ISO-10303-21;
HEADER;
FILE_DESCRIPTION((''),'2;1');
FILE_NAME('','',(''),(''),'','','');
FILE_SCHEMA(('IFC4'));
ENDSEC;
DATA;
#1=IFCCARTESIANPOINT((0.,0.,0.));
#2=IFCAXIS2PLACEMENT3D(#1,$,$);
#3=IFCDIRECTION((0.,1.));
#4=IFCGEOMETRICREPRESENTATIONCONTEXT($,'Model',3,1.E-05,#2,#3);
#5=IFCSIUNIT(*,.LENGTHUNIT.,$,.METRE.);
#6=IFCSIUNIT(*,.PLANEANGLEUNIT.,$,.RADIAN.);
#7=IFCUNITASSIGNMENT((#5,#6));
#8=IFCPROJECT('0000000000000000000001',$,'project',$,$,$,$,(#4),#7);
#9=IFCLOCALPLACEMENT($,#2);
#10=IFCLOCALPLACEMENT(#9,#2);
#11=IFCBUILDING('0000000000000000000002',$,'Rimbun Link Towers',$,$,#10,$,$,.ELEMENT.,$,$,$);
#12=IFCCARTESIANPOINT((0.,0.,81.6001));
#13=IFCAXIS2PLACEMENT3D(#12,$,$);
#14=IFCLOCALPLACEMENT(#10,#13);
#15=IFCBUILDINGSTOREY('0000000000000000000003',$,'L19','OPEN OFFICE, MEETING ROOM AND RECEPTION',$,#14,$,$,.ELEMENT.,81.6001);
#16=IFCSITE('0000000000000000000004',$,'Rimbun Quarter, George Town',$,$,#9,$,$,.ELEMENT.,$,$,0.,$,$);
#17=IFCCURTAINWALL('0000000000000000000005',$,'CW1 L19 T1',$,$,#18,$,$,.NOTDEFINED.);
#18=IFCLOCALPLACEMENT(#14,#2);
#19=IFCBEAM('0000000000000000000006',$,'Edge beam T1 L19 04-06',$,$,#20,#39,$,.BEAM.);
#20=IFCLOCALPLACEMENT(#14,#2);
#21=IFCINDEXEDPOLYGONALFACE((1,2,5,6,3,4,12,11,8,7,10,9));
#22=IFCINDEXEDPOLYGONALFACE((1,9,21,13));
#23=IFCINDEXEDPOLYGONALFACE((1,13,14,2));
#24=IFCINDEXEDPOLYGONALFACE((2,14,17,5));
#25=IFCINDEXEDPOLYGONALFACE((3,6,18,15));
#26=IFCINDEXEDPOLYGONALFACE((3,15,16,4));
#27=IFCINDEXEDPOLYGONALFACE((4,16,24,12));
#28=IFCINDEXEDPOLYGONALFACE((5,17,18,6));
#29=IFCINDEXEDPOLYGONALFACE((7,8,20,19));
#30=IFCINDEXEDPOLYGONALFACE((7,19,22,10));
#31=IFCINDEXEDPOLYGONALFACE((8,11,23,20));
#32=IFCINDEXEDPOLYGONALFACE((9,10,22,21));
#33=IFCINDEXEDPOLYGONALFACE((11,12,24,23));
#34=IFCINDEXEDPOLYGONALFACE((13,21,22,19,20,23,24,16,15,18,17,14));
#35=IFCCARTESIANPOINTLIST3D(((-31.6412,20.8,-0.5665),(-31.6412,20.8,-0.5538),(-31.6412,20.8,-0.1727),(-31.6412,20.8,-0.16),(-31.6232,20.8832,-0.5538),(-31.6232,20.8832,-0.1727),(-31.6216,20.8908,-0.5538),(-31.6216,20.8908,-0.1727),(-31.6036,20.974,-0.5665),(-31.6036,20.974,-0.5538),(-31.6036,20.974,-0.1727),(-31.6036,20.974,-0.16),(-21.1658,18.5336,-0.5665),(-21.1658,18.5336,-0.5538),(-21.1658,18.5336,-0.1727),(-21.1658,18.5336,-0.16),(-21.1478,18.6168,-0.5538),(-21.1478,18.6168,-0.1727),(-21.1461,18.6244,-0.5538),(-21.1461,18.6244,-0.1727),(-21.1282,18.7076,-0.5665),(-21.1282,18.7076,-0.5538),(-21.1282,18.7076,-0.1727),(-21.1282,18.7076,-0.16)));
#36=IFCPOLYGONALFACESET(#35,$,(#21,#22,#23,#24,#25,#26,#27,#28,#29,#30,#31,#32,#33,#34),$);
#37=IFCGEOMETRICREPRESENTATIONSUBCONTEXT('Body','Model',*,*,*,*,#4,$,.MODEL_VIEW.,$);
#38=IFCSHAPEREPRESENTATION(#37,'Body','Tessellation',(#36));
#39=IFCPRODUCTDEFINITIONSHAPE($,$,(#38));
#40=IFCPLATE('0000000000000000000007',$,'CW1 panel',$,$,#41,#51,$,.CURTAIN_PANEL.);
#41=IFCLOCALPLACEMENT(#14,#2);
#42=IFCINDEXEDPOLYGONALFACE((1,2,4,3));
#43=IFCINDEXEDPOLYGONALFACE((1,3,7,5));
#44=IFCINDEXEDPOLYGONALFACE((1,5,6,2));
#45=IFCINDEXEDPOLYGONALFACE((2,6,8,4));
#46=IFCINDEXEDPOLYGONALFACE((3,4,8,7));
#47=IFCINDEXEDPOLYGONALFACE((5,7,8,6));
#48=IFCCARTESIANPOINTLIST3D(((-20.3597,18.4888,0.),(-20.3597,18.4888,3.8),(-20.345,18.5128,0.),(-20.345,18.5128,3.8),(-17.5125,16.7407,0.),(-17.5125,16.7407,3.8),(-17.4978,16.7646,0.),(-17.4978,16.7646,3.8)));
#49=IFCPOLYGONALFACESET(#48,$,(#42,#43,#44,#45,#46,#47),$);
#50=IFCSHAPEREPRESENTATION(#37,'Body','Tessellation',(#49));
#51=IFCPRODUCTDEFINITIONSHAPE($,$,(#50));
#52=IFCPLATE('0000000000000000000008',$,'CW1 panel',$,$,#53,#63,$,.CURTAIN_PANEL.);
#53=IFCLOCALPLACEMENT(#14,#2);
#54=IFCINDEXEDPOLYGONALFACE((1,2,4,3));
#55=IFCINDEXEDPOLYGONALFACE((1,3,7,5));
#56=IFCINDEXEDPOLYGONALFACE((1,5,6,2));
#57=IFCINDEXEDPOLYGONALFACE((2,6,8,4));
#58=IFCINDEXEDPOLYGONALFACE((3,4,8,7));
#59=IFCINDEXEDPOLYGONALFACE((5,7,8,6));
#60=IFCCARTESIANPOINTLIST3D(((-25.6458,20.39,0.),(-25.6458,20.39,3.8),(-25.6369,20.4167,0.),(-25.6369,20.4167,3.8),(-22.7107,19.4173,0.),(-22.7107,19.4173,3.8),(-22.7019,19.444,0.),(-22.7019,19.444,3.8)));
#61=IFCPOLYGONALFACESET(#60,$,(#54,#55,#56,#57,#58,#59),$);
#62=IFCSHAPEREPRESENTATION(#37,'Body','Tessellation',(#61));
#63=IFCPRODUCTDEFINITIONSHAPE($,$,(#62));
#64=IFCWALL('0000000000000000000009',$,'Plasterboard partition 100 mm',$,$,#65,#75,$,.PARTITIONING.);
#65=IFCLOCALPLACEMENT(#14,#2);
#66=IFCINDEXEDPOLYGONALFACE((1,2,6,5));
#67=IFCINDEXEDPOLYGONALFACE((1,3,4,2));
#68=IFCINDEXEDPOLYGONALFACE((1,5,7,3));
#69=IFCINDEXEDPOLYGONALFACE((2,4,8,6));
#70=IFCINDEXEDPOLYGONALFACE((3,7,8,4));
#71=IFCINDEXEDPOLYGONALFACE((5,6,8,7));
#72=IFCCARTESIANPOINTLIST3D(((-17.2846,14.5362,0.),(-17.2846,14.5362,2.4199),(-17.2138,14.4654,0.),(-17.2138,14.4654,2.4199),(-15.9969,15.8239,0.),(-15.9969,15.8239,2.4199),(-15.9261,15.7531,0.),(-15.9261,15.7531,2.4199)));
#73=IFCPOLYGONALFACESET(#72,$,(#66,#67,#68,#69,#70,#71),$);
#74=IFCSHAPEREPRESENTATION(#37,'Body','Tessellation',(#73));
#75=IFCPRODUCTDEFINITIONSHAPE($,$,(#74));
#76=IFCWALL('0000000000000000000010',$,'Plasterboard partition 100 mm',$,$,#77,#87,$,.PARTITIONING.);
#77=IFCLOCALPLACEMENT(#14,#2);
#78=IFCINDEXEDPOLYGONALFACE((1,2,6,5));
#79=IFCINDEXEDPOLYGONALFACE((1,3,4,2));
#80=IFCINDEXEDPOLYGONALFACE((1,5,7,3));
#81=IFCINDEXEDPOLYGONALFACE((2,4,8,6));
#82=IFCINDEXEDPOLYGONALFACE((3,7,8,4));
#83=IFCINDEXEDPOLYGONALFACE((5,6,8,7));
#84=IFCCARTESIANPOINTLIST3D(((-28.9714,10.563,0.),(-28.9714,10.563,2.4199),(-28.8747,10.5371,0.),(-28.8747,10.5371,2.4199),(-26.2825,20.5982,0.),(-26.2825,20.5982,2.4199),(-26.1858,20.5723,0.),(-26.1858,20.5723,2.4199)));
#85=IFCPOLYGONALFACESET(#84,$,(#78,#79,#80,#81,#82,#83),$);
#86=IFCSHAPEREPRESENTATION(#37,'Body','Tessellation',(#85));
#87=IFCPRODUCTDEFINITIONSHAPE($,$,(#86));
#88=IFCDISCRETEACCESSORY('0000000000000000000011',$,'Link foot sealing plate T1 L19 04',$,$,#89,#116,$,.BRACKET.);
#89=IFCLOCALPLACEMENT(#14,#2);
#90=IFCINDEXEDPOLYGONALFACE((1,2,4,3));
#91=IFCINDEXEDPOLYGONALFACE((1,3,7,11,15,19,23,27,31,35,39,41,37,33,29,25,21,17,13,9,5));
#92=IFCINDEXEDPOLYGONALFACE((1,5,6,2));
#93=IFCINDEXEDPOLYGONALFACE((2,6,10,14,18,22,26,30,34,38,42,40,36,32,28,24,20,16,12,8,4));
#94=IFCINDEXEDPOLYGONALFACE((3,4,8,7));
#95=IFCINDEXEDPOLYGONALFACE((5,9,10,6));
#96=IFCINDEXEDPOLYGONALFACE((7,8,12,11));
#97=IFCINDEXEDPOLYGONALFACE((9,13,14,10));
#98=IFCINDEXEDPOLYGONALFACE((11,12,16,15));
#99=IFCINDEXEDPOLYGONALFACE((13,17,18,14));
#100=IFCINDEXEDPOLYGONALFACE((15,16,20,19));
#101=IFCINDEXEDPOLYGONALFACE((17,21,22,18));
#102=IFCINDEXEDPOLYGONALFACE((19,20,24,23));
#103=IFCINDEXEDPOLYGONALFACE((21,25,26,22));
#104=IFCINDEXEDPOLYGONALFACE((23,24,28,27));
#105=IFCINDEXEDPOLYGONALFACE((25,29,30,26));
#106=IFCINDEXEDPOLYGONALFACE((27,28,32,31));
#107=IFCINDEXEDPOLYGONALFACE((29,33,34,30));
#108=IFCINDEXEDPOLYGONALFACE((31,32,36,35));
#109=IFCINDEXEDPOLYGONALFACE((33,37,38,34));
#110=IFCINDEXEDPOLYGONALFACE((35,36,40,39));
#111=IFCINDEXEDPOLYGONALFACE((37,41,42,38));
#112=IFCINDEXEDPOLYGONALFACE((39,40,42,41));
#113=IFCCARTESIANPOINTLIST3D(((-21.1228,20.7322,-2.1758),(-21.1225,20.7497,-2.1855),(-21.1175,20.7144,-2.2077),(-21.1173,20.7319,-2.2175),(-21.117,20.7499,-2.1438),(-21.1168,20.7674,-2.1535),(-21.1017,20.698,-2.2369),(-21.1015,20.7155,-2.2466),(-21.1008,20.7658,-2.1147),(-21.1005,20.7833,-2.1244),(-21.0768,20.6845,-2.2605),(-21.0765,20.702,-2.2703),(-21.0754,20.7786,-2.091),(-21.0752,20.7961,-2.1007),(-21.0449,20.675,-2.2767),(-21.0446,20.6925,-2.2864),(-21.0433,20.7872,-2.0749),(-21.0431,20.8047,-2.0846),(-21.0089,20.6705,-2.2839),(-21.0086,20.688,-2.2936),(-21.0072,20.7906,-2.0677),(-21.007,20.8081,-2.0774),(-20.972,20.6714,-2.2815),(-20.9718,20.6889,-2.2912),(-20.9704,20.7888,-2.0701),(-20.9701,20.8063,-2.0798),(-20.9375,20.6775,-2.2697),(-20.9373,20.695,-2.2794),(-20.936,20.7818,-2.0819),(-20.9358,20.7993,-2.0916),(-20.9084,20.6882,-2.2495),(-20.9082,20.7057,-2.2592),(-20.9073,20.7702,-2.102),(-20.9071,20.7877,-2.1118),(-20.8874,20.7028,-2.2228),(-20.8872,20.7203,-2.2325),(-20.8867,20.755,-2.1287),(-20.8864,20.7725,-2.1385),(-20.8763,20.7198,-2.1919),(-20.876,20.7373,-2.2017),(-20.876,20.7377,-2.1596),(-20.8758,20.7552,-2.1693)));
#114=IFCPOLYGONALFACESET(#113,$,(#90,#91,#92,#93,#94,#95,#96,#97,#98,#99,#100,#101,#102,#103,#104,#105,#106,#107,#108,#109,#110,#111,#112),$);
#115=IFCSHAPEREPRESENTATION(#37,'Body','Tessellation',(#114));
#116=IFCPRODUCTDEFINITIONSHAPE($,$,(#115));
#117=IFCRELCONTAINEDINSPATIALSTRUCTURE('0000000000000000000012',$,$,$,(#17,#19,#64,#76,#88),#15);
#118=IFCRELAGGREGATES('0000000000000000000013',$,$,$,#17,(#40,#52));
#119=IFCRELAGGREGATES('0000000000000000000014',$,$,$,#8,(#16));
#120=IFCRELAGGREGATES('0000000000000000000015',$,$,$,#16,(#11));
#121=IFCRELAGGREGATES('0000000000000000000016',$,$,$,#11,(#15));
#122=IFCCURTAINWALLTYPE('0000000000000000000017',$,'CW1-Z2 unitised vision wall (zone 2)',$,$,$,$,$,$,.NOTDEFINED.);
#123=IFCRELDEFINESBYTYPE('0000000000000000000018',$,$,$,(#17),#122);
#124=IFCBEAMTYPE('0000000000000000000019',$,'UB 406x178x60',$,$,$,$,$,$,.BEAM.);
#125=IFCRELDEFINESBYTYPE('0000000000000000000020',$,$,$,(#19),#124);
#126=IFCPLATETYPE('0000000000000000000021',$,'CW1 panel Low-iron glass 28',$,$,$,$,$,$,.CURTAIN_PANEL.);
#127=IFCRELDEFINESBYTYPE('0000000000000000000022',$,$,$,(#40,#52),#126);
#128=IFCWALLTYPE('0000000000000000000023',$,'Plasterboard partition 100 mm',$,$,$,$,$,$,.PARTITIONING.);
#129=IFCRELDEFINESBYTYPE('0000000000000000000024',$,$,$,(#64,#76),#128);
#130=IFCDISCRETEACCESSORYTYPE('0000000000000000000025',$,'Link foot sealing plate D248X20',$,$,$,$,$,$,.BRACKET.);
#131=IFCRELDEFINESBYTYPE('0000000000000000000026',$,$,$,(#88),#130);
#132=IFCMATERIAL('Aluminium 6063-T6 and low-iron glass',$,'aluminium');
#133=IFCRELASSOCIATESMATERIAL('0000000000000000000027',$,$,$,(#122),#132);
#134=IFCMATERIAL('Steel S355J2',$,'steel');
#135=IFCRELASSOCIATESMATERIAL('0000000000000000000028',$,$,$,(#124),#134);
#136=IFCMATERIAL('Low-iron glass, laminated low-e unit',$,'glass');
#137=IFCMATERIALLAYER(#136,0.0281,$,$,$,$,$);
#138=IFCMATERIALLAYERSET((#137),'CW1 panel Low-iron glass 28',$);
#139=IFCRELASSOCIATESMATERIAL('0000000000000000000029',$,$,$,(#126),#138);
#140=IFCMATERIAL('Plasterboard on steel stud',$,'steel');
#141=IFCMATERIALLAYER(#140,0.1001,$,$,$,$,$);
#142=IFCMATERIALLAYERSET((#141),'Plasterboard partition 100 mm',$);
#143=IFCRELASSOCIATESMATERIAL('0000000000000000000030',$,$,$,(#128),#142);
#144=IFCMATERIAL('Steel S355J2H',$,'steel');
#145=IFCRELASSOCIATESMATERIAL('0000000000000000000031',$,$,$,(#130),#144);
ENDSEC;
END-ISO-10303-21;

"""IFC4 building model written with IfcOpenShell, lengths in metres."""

from ifc_helpers import new_model, si_unit, direction, frame, frame_2d, origin, origin_2d, place, context, subcontext, project, spatial, rectangle, circle, i_section, extrude, material, layer, layer_set, material_profile, profile_set, type_object, element, aggregate, save


model = new_model("IFC4")

# Units and contexts
model_context = context("Model", 3, precision=1e-05, world=origin(), true_north=direction((0.0, 1.0)))
body_context = subcontext(model_context, "Body", "Model", "MODEL_VIEW")
ifc_project = project(units=[si_unit("LENGTHUNIT", "METRE"), si_unit("PLANEANGLEUNIT", "RADIAN")], contexts=[model_context])

# Site, building, storey
site_placement = place(None, origin())
site = spatial("IfcSite", under=ifc_project, at=site_placement, Name="Rimbun Quarter, George Town", CompositionType="ELEMENT", RefElevation=0.0)
building_placement = place(site_placement, origin())
building = spatial("IfcBuilding", under=site, at=building_placement, Name="Rimbun Link Towers", CompositionType="ELEMENT")
storey_placement = place(building_placement, frame((0.0, 0.0, 81.6001)))
storey = spatial("IfcBuildingStorey", under=building, at=storey_placement, Name="L19", Description="OPEN OFFICE, MEETING ROOM AND RECEPTION", CompositionType="ELEMENT", Elevation=81.6001)

# Curtain wall
ifc_material_1 = material(Name="Aluminium 6063-T6 and low-iron glass", Category="aluminium")
curtain_wall_type = type_object("IfcCurtainWallType", Name="CW1-Z2 unitised vision wall (zone 2)", PredefinedType="NOTDEFINED", material=ifc_material_1)
curtain_wall_placement = place(storey_placement, origin())
curtain_wall = element("IfcCurtainWall", 1, at=curtain_wall_placement, inside=storey, type_object=curtain_wall_type, Name="CW1 L19 T1", PredefinedType="NOTDEFINED")

# Beam
ifc_material_2 = material(Name="Steel S355J2", Category="steel")
ifc_material_profile_1 = material_profile(ifc_material_2, i_section(OverallWidth=0.178, OverallDepth=0.4065, WebThickness=0.0078, FlangeThickness=0.0127, at=origin_2d()), Name="UB 406x178x60")
ifc_profile_set_1 = profile_set([ifc_material_profile_1], Name="Steel S355J2")
beam_type = type_object("IfcBeamType", Name="UB 406x178x60", PredefinedType="BEAM", material=ifc_profile_set_1)
beam_placement = place(storey_placement, frame((-21.147, 18.6206, -0.3633), z_axis=(-0.977387, 0.211459, 0.0), x_axis=(-0.211459, -0.977387, 0.0)))
element("IfcBeam", 2, at=beam_placement, inside=storey, type_object=beam_type, Name="Edge beam T1 L19 04-06", PredefinedType="BEAM", context=body_context, shape_type="SweptSolid", body=[
    extrude(i_section(OverallWidth=0.178, OverallDepth=0.4065, WebThickness=0.0078, FlangeThickness=0.0127, at=origin_2d()), origin(), (0.0, 0.0, 1.0), 10.7178),
])

# Plates
ifc_material_3 = material(Name="Low-iron glass, laminated low-e unit", Category="glass")
ifc_layer_1 = layer(ifc_material_3, 0.0281)
ifc_layer_set_1 = layer_set([ifc_layer_1], Name="CW1 panel Low-iron glass 28")
plate_type = type_object("IfcPlateType", Name="CW1 panel Low-iron glass 28", PredefinedType="CURTAIN_PANEL", material=ifc_layer_set_1)
plate_1_placement = place(storey_placement, frame((-18.9287, 17.6267, 0.0), z_axis=(0.0, 0.0, 1.0), x_axis=(0.852187, -0.523237, 0.0)))
plate_1 = element("IfcPlate", 3, at=plate_1_placement, type_object=plate_type, Name="CW1 panel", PredefinedType="CURTAIN_PANEL", context=body_context, shape_type="SweptSolid", body=[
    extrude(rectangle(XDim=3.3411, YDim=0.0281, at=origin_2d()), origin(), (0.0, 0.0, 1.0), 3.8),
])
plate_2_placement = place(storey_placement, frame((-24.1738, 19.917, 0.0), z_axis=(0.0, 0.0, 1.0), x_axis=(0.949232, -0.314576, 0.0)))
plate_2 = element("IfcPlate", 4, at=plate_2_placement, type_object=plate_type, Name="CW1 panel", PredefinedType="CURTAIN_PANEL", context=body_context, shape_type="SweptSolid", body=[
    extrude(rectangle(XDim=3.092, YDim=0.0281, at=origin_2d()), origin(), (0.0, 0.0, 1.0), 3.8),
])
aggregate(curtain_wall, [plate_1, plate_2])

# Walls
ifc_material_4 = material(Name="Plasterboard on steel stud", Category="steel")
ifc_layer_2 = layer(ifc_material_4, 0.1001)
ifc_layer_set_2 = layer_set([ifc_layer_2], Name="Plasterboard partition 100 mm")
wall_type = type_object("IfcWallType", Name="Plasterboard partition 100 mm", PredefinedType="PARTITIONING", material=ifc_layer_set_2)
wall_1_placement = place(storey_placement, frame((-15.9614, 15.7886, 0.0), z_axis=(0.0, 0.0, 1.0), x_axis=(-0.707107, -0.707107, 0.0)))
element("IfcWall", 5, at=wall_1_placement, inside=storey, type_object=wall_type, Name="Plasterboard partition 100 mm", PredefinedType="PARTITIONING", context=body_context, shape_type="SweptSolid", body=[
    extrude(rectangle(XDim=1.821, YDim=0.1001, at=frame_2d((0.9106, 0.0))), origin(), (0.0, 0.0, 1.0), 2.4199),
])
wall_2_placement = place(storey_placement, frame((-26.2341, 20.5852, 0.0), z_axis=(0.0, 0.0, 1.0), x_axis=(-0.258824, -0.965925, 0.0)))
element("IfcWall", 6, at=wall_2_placement, inside=storey, type_object=wall_type, Name="Plasterboard partition 100 mm", PredefinedType="PARTITIONING", context=body_context, shape_type="SweptSolid", body=[
    extrude(rectangle(XDim=10.3892, YDim=0.1001, at=frame_2d((5.1946, 0.0))), origin(), (0.0, 0.0, 1.0), 2.4199),
])

# Discrete accessory
ifc_material_5 = material(Name="Steel S355J2H", Category="steel")
ifc_material_profile_2 = material_profile(ifc_material_5, circle(Radius=0.124, at=origin_2d()), Name="PL D248")
ifc_profile_set_2 = profile_set([ifc_material_profile_2], Name="Steel S355J2H")
discrete_accessory_type = type_object("IfcDiscreteAccessoryType", Name="Link foot sealing plate D248X20", PredefinedType="BRACKET", material=ifc_profile_set_2)
discrete_accessory_placement = place(storey_placement, frame((-20.9988, 20.7305, -2.1758), z_axis=(0.01214, 0.874093, -0.485607), x_axis=(-0.999904, 0.013888, 0.0)))
element("IfcDiscreteAccessory", 7, at=discrete_accessory_placement, inside=storey, type_object=discrete_accessory_type, Name="Link foot sealing plate T1 L19 04", PredefinedType="BRACKET", context=body_context, shape_type="SweptSolid", body=[
    extrude(circle(Radius=0.124, at=origin_2d()), origin(), (0.0, 0.0, 1.0), 0.02),
])

save(model, "model.ifc")
